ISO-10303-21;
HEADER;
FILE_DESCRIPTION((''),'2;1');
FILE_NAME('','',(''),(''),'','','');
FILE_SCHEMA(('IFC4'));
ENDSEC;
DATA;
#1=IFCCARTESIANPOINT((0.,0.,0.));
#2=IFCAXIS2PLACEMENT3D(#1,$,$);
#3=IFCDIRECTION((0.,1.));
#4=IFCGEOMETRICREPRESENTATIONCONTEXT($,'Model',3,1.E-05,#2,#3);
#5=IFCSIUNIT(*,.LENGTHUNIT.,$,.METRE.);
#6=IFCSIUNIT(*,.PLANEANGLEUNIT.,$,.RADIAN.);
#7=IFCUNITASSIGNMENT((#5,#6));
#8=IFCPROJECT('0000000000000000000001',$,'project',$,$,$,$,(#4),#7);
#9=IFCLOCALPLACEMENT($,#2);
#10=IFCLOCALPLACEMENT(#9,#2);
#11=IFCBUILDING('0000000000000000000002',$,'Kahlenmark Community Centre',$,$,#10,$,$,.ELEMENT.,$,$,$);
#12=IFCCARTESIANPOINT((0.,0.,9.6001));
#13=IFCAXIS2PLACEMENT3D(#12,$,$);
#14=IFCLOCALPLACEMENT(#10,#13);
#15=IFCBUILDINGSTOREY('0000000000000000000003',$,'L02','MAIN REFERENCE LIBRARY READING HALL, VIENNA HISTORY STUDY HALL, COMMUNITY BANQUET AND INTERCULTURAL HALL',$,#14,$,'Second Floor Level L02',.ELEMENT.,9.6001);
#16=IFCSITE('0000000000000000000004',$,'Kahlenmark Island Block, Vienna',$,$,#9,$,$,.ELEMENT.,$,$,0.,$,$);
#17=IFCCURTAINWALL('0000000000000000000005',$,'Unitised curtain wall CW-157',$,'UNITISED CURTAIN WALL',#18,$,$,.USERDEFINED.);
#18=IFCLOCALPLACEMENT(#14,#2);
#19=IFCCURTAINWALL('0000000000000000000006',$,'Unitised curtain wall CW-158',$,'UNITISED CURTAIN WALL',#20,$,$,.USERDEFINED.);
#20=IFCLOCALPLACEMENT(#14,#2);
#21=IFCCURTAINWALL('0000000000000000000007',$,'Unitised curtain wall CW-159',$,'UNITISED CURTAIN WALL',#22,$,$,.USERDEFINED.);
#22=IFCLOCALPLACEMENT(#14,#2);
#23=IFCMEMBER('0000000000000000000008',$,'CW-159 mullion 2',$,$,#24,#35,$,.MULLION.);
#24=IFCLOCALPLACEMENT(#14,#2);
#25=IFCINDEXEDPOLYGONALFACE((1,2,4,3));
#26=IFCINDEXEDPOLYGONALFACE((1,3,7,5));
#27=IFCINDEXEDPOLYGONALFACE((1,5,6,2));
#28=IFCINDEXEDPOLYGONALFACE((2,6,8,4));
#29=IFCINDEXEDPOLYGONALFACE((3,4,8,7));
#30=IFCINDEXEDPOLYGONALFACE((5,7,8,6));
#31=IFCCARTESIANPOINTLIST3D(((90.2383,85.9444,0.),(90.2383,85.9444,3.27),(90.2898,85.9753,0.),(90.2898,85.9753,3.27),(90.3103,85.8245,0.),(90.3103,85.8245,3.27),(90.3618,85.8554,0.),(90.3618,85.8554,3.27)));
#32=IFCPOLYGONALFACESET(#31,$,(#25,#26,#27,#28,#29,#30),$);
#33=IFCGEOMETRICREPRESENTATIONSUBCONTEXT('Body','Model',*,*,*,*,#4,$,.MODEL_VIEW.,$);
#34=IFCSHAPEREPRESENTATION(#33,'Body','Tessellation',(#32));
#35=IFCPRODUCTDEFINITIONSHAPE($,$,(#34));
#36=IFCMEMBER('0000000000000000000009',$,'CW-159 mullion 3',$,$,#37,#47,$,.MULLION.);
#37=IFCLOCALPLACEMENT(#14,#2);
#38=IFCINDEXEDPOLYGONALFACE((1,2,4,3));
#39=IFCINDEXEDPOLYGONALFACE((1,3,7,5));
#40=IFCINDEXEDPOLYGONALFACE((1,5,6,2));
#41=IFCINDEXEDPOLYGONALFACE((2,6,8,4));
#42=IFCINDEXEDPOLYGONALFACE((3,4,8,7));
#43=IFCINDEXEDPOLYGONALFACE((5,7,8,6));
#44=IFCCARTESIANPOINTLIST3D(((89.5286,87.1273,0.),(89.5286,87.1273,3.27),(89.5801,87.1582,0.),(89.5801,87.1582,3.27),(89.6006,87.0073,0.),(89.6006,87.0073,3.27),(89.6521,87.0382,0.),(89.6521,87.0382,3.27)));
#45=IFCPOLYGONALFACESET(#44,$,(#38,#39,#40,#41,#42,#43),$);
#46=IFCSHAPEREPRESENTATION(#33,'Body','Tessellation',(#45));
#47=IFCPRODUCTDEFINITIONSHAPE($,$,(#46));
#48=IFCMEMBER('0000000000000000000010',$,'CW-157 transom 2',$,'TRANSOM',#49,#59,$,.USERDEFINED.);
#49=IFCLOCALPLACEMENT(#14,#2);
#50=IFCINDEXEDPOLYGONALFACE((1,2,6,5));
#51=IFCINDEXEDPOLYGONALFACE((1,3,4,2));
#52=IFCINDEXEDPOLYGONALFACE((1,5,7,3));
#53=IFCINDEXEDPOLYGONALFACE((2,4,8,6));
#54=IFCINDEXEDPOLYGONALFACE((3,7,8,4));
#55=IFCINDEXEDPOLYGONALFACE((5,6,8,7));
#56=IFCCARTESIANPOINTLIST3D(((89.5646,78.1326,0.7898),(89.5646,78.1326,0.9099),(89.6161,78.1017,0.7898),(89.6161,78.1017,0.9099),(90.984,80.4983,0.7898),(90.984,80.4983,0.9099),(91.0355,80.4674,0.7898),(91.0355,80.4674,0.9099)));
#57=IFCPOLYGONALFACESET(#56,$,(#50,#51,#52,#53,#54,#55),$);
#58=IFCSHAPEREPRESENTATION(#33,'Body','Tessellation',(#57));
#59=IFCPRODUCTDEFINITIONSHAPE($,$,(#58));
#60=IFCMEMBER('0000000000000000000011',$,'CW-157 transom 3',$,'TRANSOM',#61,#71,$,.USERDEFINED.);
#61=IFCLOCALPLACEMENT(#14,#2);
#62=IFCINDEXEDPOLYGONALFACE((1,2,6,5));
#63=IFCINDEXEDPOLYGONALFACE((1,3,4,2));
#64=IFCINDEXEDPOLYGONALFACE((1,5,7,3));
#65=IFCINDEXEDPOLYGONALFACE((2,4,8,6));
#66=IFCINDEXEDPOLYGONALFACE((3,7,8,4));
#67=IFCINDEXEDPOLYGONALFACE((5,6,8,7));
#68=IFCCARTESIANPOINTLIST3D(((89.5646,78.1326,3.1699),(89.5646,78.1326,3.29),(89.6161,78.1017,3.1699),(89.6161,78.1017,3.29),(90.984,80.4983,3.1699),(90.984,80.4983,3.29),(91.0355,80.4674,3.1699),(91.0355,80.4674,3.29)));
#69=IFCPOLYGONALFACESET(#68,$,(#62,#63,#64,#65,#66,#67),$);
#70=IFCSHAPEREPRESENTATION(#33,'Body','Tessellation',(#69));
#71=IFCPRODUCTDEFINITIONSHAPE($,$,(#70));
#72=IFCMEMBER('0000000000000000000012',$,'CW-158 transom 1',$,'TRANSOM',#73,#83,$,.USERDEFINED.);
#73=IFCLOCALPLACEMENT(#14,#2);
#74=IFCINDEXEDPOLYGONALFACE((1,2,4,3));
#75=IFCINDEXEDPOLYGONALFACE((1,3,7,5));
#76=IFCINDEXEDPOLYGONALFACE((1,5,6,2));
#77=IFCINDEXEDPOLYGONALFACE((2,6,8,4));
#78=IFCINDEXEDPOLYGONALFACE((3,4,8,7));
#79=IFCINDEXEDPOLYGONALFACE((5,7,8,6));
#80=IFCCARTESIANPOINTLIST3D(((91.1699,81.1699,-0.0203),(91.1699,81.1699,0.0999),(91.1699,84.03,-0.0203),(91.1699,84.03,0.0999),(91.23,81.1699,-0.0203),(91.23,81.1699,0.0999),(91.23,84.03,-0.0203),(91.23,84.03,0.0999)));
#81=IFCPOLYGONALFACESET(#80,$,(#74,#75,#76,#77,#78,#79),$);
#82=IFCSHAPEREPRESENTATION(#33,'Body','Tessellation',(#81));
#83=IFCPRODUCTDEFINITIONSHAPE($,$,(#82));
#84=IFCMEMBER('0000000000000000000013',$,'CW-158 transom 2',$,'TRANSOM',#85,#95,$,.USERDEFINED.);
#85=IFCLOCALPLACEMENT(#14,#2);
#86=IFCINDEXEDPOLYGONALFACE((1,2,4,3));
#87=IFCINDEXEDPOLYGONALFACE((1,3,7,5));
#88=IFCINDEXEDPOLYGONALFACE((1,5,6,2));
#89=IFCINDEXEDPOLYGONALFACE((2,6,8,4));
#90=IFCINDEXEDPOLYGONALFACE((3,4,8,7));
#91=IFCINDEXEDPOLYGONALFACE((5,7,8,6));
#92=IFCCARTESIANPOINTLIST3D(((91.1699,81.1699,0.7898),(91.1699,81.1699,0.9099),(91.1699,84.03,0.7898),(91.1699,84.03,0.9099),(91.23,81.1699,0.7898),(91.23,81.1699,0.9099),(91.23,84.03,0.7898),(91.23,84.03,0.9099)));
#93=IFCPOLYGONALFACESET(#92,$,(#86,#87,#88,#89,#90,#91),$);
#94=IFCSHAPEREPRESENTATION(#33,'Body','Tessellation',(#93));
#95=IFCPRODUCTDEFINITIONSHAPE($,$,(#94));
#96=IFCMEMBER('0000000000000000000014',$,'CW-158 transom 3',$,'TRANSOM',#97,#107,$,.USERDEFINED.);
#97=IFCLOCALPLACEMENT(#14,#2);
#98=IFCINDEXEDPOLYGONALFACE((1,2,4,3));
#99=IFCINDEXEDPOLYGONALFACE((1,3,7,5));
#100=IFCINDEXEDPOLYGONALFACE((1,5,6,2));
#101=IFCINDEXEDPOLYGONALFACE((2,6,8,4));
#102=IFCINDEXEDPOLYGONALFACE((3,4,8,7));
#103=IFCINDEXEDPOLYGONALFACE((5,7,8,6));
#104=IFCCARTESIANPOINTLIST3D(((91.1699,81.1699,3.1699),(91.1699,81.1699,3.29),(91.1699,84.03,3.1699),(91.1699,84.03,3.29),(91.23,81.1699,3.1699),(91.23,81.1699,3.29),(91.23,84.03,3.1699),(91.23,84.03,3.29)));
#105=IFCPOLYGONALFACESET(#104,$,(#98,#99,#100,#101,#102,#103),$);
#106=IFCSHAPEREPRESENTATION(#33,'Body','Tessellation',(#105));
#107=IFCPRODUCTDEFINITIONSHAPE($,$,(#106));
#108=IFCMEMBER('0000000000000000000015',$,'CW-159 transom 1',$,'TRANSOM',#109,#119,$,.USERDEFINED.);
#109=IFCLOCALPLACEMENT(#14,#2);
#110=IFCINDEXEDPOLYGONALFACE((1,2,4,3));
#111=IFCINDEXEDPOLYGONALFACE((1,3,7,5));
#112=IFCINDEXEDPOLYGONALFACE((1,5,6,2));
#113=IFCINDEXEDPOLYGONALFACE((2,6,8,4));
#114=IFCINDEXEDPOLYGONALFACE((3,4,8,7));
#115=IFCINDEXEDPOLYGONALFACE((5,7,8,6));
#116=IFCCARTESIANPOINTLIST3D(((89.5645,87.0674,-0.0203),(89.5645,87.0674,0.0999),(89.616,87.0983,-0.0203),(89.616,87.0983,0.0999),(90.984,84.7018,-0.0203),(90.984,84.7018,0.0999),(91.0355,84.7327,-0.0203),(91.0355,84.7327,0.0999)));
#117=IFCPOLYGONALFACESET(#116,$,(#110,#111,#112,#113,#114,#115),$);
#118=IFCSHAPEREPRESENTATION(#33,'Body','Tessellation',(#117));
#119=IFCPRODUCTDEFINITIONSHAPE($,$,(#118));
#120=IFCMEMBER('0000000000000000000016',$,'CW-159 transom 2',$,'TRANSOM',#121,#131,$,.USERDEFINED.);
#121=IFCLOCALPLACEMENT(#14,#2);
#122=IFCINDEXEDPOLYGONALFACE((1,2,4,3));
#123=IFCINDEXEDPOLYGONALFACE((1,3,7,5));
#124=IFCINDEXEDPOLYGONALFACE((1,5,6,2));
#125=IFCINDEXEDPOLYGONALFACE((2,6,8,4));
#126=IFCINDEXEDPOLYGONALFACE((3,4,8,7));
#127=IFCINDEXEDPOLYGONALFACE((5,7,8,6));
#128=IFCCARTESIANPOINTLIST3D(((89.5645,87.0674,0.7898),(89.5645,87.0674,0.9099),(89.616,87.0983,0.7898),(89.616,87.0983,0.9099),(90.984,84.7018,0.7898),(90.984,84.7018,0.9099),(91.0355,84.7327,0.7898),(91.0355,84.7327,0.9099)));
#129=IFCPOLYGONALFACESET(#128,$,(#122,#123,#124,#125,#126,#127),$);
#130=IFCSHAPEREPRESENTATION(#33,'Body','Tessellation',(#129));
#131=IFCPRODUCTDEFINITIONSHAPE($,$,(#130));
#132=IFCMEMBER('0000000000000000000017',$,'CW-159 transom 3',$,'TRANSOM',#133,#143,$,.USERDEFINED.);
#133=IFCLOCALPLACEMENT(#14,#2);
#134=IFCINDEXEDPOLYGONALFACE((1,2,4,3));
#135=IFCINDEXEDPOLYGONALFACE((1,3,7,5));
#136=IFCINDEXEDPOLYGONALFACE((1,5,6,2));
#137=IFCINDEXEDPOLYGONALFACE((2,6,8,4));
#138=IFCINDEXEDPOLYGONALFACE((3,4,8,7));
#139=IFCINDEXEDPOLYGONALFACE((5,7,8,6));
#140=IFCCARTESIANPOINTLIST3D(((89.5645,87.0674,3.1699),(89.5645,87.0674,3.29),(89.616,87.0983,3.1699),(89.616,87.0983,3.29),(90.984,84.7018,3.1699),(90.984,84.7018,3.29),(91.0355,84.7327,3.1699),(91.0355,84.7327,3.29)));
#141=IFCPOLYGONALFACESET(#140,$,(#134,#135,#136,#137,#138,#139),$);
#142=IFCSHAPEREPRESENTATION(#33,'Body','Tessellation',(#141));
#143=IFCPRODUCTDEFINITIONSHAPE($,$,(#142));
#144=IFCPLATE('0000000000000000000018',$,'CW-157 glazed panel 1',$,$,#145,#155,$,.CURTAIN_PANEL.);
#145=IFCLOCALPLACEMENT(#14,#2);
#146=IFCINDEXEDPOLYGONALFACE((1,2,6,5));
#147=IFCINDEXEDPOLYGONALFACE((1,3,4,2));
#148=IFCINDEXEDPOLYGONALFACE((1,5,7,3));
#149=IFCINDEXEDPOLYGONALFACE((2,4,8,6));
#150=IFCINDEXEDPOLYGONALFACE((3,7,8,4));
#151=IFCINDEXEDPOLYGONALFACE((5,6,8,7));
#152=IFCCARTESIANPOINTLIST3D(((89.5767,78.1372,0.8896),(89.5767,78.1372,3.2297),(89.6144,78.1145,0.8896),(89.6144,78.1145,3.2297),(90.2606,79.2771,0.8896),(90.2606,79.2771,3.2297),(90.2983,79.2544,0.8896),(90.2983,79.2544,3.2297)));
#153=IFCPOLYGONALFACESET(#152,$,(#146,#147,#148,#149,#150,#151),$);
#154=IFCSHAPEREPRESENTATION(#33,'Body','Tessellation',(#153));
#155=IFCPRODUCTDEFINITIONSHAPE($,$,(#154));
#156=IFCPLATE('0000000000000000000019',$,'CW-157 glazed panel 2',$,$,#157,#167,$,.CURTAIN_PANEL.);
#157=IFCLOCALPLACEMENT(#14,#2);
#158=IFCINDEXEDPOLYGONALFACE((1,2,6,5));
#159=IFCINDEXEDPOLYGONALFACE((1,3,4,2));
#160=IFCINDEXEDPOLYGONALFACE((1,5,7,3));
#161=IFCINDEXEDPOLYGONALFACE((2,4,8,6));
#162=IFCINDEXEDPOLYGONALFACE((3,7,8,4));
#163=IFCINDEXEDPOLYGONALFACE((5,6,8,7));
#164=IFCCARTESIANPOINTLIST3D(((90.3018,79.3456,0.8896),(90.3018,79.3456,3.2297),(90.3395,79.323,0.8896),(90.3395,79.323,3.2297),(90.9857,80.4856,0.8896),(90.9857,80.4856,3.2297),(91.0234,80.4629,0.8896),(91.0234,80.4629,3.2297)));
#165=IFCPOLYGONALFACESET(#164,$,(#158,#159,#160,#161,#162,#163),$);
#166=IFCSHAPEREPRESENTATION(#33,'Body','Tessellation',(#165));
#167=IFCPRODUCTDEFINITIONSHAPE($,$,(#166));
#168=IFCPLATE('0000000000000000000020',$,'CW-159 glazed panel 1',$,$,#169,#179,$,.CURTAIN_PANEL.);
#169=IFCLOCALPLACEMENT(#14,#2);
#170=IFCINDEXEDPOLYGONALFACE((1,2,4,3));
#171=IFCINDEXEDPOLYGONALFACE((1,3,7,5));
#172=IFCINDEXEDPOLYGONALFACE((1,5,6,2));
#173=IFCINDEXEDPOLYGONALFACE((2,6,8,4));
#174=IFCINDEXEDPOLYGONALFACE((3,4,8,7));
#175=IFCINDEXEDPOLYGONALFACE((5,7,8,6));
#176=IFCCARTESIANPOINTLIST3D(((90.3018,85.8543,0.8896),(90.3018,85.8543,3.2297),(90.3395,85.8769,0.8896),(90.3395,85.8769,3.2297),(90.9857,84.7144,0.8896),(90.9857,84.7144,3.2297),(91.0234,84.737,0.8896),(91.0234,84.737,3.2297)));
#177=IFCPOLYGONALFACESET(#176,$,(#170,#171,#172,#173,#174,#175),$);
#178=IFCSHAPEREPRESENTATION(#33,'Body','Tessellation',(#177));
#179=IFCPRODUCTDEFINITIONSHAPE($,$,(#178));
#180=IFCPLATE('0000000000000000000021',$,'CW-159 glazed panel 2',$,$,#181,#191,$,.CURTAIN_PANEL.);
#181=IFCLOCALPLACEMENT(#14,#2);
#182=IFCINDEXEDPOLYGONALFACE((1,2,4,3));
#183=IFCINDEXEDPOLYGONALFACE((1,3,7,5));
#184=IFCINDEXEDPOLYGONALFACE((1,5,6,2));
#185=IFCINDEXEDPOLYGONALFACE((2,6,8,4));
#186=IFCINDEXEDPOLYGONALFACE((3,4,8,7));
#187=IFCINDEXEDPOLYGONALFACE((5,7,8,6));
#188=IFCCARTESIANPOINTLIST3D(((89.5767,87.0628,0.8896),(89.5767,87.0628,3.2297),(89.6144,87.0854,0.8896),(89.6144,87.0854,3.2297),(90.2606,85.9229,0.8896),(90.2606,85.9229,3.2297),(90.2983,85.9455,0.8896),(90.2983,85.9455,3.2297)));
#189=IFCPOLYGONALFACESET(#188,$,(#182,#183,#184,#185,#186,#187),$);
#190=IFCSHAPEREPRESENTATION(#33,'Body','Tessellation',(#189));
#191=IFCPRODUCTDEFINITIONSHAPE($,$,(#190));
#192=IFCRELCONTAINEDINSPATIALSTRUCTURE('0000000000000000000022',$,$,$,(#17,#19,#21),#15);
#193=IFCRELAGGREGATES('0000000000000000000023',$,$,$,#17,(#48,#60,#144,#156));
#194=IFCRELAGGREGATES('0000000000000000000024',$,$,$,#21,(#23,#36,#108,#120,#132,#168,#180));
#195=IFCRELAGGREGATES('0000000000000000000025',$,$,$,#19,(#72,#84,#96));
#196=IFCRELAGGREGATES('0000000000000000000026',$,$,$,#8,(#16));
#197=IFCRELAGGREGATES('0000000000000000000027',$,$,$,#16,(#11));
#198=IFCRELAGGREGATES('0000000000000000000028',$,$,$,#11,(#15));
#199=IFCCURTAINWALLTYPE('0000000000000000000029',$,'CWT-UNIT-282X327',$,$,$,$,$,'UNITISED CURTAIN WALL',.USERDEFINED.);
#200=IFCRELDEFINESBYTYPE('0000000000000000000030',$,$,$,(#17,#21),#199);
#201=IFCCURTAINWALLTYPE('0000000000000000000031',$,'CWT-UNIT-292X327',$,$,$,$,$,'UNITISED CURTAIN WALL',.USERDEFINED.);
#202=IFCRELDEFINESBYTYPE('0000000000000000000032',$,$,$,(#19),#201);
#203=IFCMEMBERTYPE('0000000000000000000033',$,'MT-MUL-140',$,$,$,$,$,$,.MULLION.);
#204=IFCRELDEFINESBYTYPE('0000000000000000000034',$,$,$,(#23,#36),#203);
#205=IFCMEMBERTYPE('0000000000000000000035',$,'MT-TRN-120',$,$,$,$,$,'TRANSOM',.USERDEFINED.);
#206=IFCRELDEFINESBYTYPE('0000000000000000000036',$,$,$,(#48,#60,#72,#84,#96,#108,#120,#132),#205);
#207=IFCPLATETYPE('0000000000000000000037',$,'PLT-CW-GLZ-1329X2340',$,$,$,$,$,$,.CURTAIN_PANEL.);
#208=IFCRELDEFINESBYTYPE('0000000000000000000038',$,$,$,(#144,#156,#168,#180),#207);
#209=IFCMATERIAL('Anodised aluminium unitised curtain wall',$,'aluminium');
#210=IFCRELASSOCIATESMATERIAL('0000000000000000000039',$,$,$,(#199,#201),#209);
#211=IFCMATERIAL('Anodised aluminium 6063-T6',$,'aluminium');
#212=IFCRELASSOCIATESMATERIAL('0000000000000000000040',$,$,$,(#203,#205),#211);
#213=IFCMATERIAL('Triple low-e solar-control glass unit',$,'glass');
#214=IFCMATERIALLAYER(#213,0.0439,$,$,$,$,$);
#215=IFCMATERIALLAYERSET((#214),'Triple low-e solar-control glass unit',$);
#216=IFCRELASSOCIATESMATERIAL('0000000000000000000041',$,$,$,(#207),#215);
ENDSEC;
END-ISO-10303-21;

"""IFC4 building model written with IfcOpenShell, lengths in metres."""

from ifc_helpers import new_model, si_unit, direction, frame, origin, origin_2d, place, context, subcontext, project, spatial, rectangle, extrude, material, layer, layer_set, material_profile, profile_set, type_object, element, aggregate, save


model = new_model("IFC4")

# Units and contexts
model_context = context("Model", 3, precision=1e-05, world=origin(), true_north=direction((0.0, 1.0)))
body_context = subcontext(model_context, "Body", "Model", "MODEL_VIEW")
ifc_project = project(units=[si_unit("LENGTHUNIT", "METRE"), si_unit("PLANEANGLEUNIT", "RADIAN")], contexts=[model_context])

# Site, building, storey
site_placement = place(None, origin())
site = spatial("IfcSite", under=ifc_project, at=site_placement, Name="Kahlenmark Island Block, Vienna", CompositionType="ELEMENT", RefElevation=0.0)
building_placement = place(site_placement, origin())
building = spatial("IfcBuilding", under=site, at=building_placement, Name="Kahlenmark Community Centre", CompositionType="ELEMENT")
storey_placement = place(building_placement, frame((0.0, 0.0, 9.6001)))
storey = spatial("IfcBuildingStorey", under=building, at=storey_placement, Name="L02", Description="MAIN REFERENCE LIBRARY READING HALL, VIENNA HISTORY STUDY HALL, COMMUNITY BANQUET AND INTERCULTURAL HALL", LongName="Second Floor Level L02", CompositionType="ELEMENT", Elevation=9.6001)

# Curtain walls, members
ifc_material_1 = material(Name="Anodised aluminium unitised curtain wall", Category="aluminium")
curtain_wall_type_1 = type_object("IfcCurtainWallType", Name="CWT-UNIT-282X327", ElementType="UNITISED CURTAIN WALL", PredefinedType="USERDEFINED", material=ifc_material_1)
curtain_wall_1_placement = place(storey_placement, origin())
curtain_wall_1 = element("IfcCurtainWall", 1, at=curtain_wall_1_placement, inside=storey, type_object=curtain_wall_type_1, Name="Unitised curtain wall CW-157", ObjectType="UNITISED CURTAIN WALL", PredefinedType="USERDEFINED")
ifc_material_2 = material(Name="Anodised aluminium 6063-T6", Category="aluminium")
ifc_material_profile_1 = material_profile(ifc_material_2, rectangle(XDim=0.0601, YDim=0.1399, at=origin_2d()), Name="ALU MULLION 60x140")
ifc_profile_set_1 = profile_set([ifc_material_profile_1], Name="Anodised aluminium 6063-T6")
member_type_1 = type_object("IfcMemberType", Name="MT-MUL-140", PredefinedType="MULLION", material=ifc_profile_set_1)
curtain_wall_type_2 = type_object("IfcCurtainWallType", Name="CWT-UNIT-292X327", ElementType="UNITISED CURTAIN WALL", PredefinedType="USERDEFINED", material=ifc_material_1)
curtain_wall_2_placement = place(storey_placement, origin())
curtain_wall_2 = element("IfcCurtainWall", 2, at=curtain_wall_2_placement, inside=storey, type_object=curtain_wall_type_2, Name="Unitised curtain wall CW-158", ObjectType="UNITISED CURTAIN WALL", PredefinedType="USERDEFINED")
curtain_wall_3_placement = place(storey_placement, origin())
curtain_wall_3 = element("IfcCurtainWall", 3, at=curtain_wall_3_placement, inside=storey, type_object=curtain_wall_type_1, Name="Unitised curtain wall CW-159", ObjectType="UNITISED CURTAIN WALL", PredefinedType="USERDEFINED")
member_1_placement = place(storey_placement, frame((90.3, 85.8999, 0.0), z_axis=(0.0, 0.0, 1.0), x_axis=(-0.857493, -0.514496, 0.0)))
member_1 = element("IfcMember", 4, at=member_1_placement, type_object=member_type_1, Name="CW-159 mullion 2", PredefinedType="MULLION", context=body_context, shape_type="SweptSolid", body=[
    extrude(rectangle(XDim=0.0601, YDim=0.1399, at=origin_2d()), origin(), (0.0, 0.0, 1.0), 3.27),
])
member_2_placement = place(storey_placement, frame((89.5903, 87.0828, 0.0), z_axis=(0.0, 0.0, 1.0), x_axis=(-0.857493, -0.514496, 0.0)))
member_2 = element("IfcMember", 5, at=member_2_placement, type_object=member_type_1, Name="CW-159 mullion 3", PredefinedType="MULLION", context=body_context, shape_type="SweptSolid", body=[
    extrude(rectangle(XDim=0.0601, YDim=0.1399, at=origin_2d()), origin(), (0.0, 0.0, 1.0), 3.27),
])

# Members
ifc_material_profile_2 = material_profile(ifc_material_2, rectangle(XDim=0.0601, YDim=0.1201, at=origin_2d()), Name="ALU TRANSOM 60x120")
ifc_profile_set_2 = profile_set([ifc_material_profile_2], Name="Anodised aluminium 6063-T6")
member_type_2 = type_object("IfcMemberType", Name="MT-TRN-120", ElementType="TRANSOM", PredefinedType="USERDEFINED", material=ifc_profile_set_2)
member_3_placement = place(storey_placement, frame((89.5903, 78.1172, 0.8499), z_axis=(0.514496, 0.857493, 0.0), x_axis=(-0.857493, 0.514496, 0.0)))
member_3 = element("IfcMember", 6, at=member_3_placement, type_object=member_type_2, Name="CW-157 transom 2", ObjectType="TRANSOM", PredefinedType="USERDEFINED", context=body_context, shape_type="SweptSolid", body=[
    extrude(rectangle(XDim=0.0601, YDim=0.1201, at=origin_2d()), origin(), (0.0, 0.0, 1.0), 2.7588),
])
member_4_placement = place(storey_placement, frame((89.5903, 78.1172, 3.23), z_axis=(0.514496, 0.857493, 0.0), x_axis=(-0.857493, 0.514496, 0.0)))
member_4 = element("IfcMember", 7, at=member_4_placement, type_object=member_type_2, Name="CW-157 transom 3", ObjectType="TRANSOM", PredefinedType="USERDEFINED", context=body_context, shape_type="SweptSolid", body=[
    extrude(rectangle(XDim=0.0601, YDim=0.1201, at=origin_2d()), origin(), (0.0, 0.0, 1.0), 2.7588),
])
member_5_placement = place(storey_placement, frame((91.2, 81.1699, 0.0398), z_axis=(0.0, 1.0, 0.0), x_axis=(-1.0, 0.0, 0.0)))
member_5 = element("IfcMember", 8, at=member_5_placement, type_object=member_type_2, Name="CW-158 transom 1", ObjectType="TRANSOM", PredefinedType="USERDEFINED", context=body_context, shape_type="SweptSolid", body=[
    extrude(rectangle(XDim=0.0601, YDim=0.1201, at=origin_2d()), origin(), (0.0, 0.0, 1.0), 2.8601),
])
member_6_placement = place(storey_placement, frame((91.2, 81.1699, 0.8499), z_axis=(0.0, 1.0, 0.0), x_axis=(-1.0, 0.0, 0.0)))
member_6 = element("IfcMember", 9, at=member_6_placement, type_object=member_type_2, Name="CW-158 transom 2", ObjectType="TRANSOM", PredefinedType="USERDEFINED", context=body_context, shape_type="SweptSolid", body=[
    extrude(rectangle(XDim=0.0601, YDim=0.1201, at=origin_2d()), origin(), (0.0, 0.0, 1.0), 2.8601),
])
member_7_placement = place(storey_placement, frame((91.2, 81.1699, 3.23), z_axis=(0.0, 1.0, 0.0), x_axis=(-1.0, 0.0, 0.0)))
member_7 = element("IfcMember", 10, at=member_7_placement, type_object=member_type_2, Name="CW-158 transom 3", ObjectType="TRANSOM", PredefinedType="USERDEFINED", context=body_context, shape_type="SweptSolid", body=[
    extrude(rectangle(XDim=0.0601, YDim=0.1201, at=origin_2d()), origin(), (0.0, 0.0, 1.0), 2.8601),
])
member_8_placement = place(storey_placement, frame((91.0098, 84.7173, 0.0398), z_axis=(-0.514535, 0.857469, 0.0), x_axis=(-0.857469, -0.514535, 0.0)))
member_8 = element("IfcMember", 11, at=member_8_placement, type_object=member_type_2, Name="CW-159 transom 1", ObjectType="TRANSOM", PredefinedType="USERDEFINED", context=body_context, shape_type="SweptSolid", body=[
    extrude(rectangle(XDim=0.0601, YDim=0.1201, at=origin_2d()), origin(), (0.0, 0.0, 1.0), 2.7588),
])
member_9_placement = place(storey_placement, frame((91.0098, 84.7173, 0.8499), z_axis=(-0.514535, 0.857469, 0.0), x_axis=(-0.857469, -0.514535, 0.0)))
member_9 = element("IfcMember", 12, at=member_9_placement, type_object=member_type_2, Name="CW-159 transom 2", ObjectType="TRANSOM", PredefinedType="USERDEFINED", context=body_context, shape_type="SweptSolid", body=[
    extrude(rectangle(XDim=0.0601, YDim=0.1201, at=origin_2d()), origin(), (0.0, 0.0, 1.0), 2.7588),
])
member_10_placement = place(storey_placement, frame((91.0098, 84.7173, 3.23), z_axis=(-0.514535, 0.857469, 0.0), x_axis=(-0.857469, -0.514535, 0.0)))
member_10 = element("IfcMember", 13, at=member_10_placement, type_object=member_type_2, Name="CW-159 transom 3", ObjectType="TRANSOM", PredefinedType="USERDEFINED", context=body_context, shape_type="SweptSolid", body=[
    extrude(rectangle(XDim=0.0601, YDim=0.1201, at=origin_2d()), origin(), (0.0, 0.0, 1.0), 2.7588),
])

# Plates
ifc_material_3 = material(Name="Triple low-e solar-control glass unit", Category="glass")
ifc_layer_1 = layer(ifc_material_3, 0.0439)
ifc_layer_set_1 = layer_set([ifc_layer_1], Name="Triple low-e solar-control glass unit")
plate_type_1 = type_object("IfcPlateType", Name="PLT-CW-GLZ-1329X2340", PredefinedType="CURTAIN_PANEL", material=ifc_layer_set_1)
plate_1_placement = place(storey_placement, frame((89.9375, 78.6958, 0.8896), z_axis=(0.0, 0.0, 1.0), x_axis=(0.514496, 0.857493, 0.0)))
plate_1 = element("IfcPlate", 14, at=plate_1_placement, type_object=plate_type_1, Name="CW-157 glazed panel 1", PredefinedType="CURTAIN_PANEL", context=body_context, shape_type="SweptSolid", body=[
    extrude(rectangle(XDim=1.3293, YDim=0.0439, at=origin_2d()), origin(), (0.0, 0.0, 1.0), 2.3401),
])
plate_2_placement = place(storey_placement, frame((90.6626, 79.9043, 0.8896), z_axis=(0.0, 0.0, 1.0), x_axis=(0.514496, 0.857493, 0.0)))
plate_2 = element("IfcPlate", 15, at=plate_2_placement, type_object=plate_type_1, Name="CW-157 glazed panel 2", PredefinedType="CURTAIN_PANEL", context=body_context, shape_type="SweptSolid", body=[
    extrude(rectangle(XDim=1.3293, YDim=0.0439, at=origin_2d()), origin(), (0.0, 0.0, 1.0), 2.3401),
])
plate_3_placement = place(storey_placement, frame((90.6626, 85.2957, 0.8896), z_axis=(0.0, 0.0, 1.0), x_axis=(-0.514496, 0.857493, 0.0)))
plate_3 = element("IfcPlate", 16, at=plate_3_placement, type_object=plate_type_1, Name="CW-159 glazed panel 1", PredefinedType="CURTAIN_PANEL", context=body_context, shape_type="SweptSolid", body=[
    extrude(rectangle(XDim=1.3293, YDim=0.0439, at=origin_2d()), origin(), (0.0, 0.0, 1.0), 2.3401),
])
plate_4_placement = place(storey_placement, frame((89.9375, 86.5042, 0.8896), z_axis=(0.0, 0.0, 1.0), x_axis=(-0.514496, 0.857493, 0.0)))
plate_4 = element("IfcPlate", 17, at=plate_4_placement, type_object=plate_type_1, Name="CW-159 glazed panel 2", PredefinedType="CURTAIN_PANEL", context=body_context, shape_type="SweptSolid", body=[
    extrude(rectangle(XDim=1.3293, YDim=0.0439, at=origin_2d()), origin(), (0.0, 0.0, 1.0), 2.3401),
])
aggregate(curtain_wall_1, [member_3, member_4, plate_1, plate_2])
aggregate(curtain_wall_3, [member_1, member_2, member_8, member_9, member_10, plate_3, plate_4])
aggregate(curtain_wall_2, [member_5, member_6, member_7])

save(model, "model.ifc")
